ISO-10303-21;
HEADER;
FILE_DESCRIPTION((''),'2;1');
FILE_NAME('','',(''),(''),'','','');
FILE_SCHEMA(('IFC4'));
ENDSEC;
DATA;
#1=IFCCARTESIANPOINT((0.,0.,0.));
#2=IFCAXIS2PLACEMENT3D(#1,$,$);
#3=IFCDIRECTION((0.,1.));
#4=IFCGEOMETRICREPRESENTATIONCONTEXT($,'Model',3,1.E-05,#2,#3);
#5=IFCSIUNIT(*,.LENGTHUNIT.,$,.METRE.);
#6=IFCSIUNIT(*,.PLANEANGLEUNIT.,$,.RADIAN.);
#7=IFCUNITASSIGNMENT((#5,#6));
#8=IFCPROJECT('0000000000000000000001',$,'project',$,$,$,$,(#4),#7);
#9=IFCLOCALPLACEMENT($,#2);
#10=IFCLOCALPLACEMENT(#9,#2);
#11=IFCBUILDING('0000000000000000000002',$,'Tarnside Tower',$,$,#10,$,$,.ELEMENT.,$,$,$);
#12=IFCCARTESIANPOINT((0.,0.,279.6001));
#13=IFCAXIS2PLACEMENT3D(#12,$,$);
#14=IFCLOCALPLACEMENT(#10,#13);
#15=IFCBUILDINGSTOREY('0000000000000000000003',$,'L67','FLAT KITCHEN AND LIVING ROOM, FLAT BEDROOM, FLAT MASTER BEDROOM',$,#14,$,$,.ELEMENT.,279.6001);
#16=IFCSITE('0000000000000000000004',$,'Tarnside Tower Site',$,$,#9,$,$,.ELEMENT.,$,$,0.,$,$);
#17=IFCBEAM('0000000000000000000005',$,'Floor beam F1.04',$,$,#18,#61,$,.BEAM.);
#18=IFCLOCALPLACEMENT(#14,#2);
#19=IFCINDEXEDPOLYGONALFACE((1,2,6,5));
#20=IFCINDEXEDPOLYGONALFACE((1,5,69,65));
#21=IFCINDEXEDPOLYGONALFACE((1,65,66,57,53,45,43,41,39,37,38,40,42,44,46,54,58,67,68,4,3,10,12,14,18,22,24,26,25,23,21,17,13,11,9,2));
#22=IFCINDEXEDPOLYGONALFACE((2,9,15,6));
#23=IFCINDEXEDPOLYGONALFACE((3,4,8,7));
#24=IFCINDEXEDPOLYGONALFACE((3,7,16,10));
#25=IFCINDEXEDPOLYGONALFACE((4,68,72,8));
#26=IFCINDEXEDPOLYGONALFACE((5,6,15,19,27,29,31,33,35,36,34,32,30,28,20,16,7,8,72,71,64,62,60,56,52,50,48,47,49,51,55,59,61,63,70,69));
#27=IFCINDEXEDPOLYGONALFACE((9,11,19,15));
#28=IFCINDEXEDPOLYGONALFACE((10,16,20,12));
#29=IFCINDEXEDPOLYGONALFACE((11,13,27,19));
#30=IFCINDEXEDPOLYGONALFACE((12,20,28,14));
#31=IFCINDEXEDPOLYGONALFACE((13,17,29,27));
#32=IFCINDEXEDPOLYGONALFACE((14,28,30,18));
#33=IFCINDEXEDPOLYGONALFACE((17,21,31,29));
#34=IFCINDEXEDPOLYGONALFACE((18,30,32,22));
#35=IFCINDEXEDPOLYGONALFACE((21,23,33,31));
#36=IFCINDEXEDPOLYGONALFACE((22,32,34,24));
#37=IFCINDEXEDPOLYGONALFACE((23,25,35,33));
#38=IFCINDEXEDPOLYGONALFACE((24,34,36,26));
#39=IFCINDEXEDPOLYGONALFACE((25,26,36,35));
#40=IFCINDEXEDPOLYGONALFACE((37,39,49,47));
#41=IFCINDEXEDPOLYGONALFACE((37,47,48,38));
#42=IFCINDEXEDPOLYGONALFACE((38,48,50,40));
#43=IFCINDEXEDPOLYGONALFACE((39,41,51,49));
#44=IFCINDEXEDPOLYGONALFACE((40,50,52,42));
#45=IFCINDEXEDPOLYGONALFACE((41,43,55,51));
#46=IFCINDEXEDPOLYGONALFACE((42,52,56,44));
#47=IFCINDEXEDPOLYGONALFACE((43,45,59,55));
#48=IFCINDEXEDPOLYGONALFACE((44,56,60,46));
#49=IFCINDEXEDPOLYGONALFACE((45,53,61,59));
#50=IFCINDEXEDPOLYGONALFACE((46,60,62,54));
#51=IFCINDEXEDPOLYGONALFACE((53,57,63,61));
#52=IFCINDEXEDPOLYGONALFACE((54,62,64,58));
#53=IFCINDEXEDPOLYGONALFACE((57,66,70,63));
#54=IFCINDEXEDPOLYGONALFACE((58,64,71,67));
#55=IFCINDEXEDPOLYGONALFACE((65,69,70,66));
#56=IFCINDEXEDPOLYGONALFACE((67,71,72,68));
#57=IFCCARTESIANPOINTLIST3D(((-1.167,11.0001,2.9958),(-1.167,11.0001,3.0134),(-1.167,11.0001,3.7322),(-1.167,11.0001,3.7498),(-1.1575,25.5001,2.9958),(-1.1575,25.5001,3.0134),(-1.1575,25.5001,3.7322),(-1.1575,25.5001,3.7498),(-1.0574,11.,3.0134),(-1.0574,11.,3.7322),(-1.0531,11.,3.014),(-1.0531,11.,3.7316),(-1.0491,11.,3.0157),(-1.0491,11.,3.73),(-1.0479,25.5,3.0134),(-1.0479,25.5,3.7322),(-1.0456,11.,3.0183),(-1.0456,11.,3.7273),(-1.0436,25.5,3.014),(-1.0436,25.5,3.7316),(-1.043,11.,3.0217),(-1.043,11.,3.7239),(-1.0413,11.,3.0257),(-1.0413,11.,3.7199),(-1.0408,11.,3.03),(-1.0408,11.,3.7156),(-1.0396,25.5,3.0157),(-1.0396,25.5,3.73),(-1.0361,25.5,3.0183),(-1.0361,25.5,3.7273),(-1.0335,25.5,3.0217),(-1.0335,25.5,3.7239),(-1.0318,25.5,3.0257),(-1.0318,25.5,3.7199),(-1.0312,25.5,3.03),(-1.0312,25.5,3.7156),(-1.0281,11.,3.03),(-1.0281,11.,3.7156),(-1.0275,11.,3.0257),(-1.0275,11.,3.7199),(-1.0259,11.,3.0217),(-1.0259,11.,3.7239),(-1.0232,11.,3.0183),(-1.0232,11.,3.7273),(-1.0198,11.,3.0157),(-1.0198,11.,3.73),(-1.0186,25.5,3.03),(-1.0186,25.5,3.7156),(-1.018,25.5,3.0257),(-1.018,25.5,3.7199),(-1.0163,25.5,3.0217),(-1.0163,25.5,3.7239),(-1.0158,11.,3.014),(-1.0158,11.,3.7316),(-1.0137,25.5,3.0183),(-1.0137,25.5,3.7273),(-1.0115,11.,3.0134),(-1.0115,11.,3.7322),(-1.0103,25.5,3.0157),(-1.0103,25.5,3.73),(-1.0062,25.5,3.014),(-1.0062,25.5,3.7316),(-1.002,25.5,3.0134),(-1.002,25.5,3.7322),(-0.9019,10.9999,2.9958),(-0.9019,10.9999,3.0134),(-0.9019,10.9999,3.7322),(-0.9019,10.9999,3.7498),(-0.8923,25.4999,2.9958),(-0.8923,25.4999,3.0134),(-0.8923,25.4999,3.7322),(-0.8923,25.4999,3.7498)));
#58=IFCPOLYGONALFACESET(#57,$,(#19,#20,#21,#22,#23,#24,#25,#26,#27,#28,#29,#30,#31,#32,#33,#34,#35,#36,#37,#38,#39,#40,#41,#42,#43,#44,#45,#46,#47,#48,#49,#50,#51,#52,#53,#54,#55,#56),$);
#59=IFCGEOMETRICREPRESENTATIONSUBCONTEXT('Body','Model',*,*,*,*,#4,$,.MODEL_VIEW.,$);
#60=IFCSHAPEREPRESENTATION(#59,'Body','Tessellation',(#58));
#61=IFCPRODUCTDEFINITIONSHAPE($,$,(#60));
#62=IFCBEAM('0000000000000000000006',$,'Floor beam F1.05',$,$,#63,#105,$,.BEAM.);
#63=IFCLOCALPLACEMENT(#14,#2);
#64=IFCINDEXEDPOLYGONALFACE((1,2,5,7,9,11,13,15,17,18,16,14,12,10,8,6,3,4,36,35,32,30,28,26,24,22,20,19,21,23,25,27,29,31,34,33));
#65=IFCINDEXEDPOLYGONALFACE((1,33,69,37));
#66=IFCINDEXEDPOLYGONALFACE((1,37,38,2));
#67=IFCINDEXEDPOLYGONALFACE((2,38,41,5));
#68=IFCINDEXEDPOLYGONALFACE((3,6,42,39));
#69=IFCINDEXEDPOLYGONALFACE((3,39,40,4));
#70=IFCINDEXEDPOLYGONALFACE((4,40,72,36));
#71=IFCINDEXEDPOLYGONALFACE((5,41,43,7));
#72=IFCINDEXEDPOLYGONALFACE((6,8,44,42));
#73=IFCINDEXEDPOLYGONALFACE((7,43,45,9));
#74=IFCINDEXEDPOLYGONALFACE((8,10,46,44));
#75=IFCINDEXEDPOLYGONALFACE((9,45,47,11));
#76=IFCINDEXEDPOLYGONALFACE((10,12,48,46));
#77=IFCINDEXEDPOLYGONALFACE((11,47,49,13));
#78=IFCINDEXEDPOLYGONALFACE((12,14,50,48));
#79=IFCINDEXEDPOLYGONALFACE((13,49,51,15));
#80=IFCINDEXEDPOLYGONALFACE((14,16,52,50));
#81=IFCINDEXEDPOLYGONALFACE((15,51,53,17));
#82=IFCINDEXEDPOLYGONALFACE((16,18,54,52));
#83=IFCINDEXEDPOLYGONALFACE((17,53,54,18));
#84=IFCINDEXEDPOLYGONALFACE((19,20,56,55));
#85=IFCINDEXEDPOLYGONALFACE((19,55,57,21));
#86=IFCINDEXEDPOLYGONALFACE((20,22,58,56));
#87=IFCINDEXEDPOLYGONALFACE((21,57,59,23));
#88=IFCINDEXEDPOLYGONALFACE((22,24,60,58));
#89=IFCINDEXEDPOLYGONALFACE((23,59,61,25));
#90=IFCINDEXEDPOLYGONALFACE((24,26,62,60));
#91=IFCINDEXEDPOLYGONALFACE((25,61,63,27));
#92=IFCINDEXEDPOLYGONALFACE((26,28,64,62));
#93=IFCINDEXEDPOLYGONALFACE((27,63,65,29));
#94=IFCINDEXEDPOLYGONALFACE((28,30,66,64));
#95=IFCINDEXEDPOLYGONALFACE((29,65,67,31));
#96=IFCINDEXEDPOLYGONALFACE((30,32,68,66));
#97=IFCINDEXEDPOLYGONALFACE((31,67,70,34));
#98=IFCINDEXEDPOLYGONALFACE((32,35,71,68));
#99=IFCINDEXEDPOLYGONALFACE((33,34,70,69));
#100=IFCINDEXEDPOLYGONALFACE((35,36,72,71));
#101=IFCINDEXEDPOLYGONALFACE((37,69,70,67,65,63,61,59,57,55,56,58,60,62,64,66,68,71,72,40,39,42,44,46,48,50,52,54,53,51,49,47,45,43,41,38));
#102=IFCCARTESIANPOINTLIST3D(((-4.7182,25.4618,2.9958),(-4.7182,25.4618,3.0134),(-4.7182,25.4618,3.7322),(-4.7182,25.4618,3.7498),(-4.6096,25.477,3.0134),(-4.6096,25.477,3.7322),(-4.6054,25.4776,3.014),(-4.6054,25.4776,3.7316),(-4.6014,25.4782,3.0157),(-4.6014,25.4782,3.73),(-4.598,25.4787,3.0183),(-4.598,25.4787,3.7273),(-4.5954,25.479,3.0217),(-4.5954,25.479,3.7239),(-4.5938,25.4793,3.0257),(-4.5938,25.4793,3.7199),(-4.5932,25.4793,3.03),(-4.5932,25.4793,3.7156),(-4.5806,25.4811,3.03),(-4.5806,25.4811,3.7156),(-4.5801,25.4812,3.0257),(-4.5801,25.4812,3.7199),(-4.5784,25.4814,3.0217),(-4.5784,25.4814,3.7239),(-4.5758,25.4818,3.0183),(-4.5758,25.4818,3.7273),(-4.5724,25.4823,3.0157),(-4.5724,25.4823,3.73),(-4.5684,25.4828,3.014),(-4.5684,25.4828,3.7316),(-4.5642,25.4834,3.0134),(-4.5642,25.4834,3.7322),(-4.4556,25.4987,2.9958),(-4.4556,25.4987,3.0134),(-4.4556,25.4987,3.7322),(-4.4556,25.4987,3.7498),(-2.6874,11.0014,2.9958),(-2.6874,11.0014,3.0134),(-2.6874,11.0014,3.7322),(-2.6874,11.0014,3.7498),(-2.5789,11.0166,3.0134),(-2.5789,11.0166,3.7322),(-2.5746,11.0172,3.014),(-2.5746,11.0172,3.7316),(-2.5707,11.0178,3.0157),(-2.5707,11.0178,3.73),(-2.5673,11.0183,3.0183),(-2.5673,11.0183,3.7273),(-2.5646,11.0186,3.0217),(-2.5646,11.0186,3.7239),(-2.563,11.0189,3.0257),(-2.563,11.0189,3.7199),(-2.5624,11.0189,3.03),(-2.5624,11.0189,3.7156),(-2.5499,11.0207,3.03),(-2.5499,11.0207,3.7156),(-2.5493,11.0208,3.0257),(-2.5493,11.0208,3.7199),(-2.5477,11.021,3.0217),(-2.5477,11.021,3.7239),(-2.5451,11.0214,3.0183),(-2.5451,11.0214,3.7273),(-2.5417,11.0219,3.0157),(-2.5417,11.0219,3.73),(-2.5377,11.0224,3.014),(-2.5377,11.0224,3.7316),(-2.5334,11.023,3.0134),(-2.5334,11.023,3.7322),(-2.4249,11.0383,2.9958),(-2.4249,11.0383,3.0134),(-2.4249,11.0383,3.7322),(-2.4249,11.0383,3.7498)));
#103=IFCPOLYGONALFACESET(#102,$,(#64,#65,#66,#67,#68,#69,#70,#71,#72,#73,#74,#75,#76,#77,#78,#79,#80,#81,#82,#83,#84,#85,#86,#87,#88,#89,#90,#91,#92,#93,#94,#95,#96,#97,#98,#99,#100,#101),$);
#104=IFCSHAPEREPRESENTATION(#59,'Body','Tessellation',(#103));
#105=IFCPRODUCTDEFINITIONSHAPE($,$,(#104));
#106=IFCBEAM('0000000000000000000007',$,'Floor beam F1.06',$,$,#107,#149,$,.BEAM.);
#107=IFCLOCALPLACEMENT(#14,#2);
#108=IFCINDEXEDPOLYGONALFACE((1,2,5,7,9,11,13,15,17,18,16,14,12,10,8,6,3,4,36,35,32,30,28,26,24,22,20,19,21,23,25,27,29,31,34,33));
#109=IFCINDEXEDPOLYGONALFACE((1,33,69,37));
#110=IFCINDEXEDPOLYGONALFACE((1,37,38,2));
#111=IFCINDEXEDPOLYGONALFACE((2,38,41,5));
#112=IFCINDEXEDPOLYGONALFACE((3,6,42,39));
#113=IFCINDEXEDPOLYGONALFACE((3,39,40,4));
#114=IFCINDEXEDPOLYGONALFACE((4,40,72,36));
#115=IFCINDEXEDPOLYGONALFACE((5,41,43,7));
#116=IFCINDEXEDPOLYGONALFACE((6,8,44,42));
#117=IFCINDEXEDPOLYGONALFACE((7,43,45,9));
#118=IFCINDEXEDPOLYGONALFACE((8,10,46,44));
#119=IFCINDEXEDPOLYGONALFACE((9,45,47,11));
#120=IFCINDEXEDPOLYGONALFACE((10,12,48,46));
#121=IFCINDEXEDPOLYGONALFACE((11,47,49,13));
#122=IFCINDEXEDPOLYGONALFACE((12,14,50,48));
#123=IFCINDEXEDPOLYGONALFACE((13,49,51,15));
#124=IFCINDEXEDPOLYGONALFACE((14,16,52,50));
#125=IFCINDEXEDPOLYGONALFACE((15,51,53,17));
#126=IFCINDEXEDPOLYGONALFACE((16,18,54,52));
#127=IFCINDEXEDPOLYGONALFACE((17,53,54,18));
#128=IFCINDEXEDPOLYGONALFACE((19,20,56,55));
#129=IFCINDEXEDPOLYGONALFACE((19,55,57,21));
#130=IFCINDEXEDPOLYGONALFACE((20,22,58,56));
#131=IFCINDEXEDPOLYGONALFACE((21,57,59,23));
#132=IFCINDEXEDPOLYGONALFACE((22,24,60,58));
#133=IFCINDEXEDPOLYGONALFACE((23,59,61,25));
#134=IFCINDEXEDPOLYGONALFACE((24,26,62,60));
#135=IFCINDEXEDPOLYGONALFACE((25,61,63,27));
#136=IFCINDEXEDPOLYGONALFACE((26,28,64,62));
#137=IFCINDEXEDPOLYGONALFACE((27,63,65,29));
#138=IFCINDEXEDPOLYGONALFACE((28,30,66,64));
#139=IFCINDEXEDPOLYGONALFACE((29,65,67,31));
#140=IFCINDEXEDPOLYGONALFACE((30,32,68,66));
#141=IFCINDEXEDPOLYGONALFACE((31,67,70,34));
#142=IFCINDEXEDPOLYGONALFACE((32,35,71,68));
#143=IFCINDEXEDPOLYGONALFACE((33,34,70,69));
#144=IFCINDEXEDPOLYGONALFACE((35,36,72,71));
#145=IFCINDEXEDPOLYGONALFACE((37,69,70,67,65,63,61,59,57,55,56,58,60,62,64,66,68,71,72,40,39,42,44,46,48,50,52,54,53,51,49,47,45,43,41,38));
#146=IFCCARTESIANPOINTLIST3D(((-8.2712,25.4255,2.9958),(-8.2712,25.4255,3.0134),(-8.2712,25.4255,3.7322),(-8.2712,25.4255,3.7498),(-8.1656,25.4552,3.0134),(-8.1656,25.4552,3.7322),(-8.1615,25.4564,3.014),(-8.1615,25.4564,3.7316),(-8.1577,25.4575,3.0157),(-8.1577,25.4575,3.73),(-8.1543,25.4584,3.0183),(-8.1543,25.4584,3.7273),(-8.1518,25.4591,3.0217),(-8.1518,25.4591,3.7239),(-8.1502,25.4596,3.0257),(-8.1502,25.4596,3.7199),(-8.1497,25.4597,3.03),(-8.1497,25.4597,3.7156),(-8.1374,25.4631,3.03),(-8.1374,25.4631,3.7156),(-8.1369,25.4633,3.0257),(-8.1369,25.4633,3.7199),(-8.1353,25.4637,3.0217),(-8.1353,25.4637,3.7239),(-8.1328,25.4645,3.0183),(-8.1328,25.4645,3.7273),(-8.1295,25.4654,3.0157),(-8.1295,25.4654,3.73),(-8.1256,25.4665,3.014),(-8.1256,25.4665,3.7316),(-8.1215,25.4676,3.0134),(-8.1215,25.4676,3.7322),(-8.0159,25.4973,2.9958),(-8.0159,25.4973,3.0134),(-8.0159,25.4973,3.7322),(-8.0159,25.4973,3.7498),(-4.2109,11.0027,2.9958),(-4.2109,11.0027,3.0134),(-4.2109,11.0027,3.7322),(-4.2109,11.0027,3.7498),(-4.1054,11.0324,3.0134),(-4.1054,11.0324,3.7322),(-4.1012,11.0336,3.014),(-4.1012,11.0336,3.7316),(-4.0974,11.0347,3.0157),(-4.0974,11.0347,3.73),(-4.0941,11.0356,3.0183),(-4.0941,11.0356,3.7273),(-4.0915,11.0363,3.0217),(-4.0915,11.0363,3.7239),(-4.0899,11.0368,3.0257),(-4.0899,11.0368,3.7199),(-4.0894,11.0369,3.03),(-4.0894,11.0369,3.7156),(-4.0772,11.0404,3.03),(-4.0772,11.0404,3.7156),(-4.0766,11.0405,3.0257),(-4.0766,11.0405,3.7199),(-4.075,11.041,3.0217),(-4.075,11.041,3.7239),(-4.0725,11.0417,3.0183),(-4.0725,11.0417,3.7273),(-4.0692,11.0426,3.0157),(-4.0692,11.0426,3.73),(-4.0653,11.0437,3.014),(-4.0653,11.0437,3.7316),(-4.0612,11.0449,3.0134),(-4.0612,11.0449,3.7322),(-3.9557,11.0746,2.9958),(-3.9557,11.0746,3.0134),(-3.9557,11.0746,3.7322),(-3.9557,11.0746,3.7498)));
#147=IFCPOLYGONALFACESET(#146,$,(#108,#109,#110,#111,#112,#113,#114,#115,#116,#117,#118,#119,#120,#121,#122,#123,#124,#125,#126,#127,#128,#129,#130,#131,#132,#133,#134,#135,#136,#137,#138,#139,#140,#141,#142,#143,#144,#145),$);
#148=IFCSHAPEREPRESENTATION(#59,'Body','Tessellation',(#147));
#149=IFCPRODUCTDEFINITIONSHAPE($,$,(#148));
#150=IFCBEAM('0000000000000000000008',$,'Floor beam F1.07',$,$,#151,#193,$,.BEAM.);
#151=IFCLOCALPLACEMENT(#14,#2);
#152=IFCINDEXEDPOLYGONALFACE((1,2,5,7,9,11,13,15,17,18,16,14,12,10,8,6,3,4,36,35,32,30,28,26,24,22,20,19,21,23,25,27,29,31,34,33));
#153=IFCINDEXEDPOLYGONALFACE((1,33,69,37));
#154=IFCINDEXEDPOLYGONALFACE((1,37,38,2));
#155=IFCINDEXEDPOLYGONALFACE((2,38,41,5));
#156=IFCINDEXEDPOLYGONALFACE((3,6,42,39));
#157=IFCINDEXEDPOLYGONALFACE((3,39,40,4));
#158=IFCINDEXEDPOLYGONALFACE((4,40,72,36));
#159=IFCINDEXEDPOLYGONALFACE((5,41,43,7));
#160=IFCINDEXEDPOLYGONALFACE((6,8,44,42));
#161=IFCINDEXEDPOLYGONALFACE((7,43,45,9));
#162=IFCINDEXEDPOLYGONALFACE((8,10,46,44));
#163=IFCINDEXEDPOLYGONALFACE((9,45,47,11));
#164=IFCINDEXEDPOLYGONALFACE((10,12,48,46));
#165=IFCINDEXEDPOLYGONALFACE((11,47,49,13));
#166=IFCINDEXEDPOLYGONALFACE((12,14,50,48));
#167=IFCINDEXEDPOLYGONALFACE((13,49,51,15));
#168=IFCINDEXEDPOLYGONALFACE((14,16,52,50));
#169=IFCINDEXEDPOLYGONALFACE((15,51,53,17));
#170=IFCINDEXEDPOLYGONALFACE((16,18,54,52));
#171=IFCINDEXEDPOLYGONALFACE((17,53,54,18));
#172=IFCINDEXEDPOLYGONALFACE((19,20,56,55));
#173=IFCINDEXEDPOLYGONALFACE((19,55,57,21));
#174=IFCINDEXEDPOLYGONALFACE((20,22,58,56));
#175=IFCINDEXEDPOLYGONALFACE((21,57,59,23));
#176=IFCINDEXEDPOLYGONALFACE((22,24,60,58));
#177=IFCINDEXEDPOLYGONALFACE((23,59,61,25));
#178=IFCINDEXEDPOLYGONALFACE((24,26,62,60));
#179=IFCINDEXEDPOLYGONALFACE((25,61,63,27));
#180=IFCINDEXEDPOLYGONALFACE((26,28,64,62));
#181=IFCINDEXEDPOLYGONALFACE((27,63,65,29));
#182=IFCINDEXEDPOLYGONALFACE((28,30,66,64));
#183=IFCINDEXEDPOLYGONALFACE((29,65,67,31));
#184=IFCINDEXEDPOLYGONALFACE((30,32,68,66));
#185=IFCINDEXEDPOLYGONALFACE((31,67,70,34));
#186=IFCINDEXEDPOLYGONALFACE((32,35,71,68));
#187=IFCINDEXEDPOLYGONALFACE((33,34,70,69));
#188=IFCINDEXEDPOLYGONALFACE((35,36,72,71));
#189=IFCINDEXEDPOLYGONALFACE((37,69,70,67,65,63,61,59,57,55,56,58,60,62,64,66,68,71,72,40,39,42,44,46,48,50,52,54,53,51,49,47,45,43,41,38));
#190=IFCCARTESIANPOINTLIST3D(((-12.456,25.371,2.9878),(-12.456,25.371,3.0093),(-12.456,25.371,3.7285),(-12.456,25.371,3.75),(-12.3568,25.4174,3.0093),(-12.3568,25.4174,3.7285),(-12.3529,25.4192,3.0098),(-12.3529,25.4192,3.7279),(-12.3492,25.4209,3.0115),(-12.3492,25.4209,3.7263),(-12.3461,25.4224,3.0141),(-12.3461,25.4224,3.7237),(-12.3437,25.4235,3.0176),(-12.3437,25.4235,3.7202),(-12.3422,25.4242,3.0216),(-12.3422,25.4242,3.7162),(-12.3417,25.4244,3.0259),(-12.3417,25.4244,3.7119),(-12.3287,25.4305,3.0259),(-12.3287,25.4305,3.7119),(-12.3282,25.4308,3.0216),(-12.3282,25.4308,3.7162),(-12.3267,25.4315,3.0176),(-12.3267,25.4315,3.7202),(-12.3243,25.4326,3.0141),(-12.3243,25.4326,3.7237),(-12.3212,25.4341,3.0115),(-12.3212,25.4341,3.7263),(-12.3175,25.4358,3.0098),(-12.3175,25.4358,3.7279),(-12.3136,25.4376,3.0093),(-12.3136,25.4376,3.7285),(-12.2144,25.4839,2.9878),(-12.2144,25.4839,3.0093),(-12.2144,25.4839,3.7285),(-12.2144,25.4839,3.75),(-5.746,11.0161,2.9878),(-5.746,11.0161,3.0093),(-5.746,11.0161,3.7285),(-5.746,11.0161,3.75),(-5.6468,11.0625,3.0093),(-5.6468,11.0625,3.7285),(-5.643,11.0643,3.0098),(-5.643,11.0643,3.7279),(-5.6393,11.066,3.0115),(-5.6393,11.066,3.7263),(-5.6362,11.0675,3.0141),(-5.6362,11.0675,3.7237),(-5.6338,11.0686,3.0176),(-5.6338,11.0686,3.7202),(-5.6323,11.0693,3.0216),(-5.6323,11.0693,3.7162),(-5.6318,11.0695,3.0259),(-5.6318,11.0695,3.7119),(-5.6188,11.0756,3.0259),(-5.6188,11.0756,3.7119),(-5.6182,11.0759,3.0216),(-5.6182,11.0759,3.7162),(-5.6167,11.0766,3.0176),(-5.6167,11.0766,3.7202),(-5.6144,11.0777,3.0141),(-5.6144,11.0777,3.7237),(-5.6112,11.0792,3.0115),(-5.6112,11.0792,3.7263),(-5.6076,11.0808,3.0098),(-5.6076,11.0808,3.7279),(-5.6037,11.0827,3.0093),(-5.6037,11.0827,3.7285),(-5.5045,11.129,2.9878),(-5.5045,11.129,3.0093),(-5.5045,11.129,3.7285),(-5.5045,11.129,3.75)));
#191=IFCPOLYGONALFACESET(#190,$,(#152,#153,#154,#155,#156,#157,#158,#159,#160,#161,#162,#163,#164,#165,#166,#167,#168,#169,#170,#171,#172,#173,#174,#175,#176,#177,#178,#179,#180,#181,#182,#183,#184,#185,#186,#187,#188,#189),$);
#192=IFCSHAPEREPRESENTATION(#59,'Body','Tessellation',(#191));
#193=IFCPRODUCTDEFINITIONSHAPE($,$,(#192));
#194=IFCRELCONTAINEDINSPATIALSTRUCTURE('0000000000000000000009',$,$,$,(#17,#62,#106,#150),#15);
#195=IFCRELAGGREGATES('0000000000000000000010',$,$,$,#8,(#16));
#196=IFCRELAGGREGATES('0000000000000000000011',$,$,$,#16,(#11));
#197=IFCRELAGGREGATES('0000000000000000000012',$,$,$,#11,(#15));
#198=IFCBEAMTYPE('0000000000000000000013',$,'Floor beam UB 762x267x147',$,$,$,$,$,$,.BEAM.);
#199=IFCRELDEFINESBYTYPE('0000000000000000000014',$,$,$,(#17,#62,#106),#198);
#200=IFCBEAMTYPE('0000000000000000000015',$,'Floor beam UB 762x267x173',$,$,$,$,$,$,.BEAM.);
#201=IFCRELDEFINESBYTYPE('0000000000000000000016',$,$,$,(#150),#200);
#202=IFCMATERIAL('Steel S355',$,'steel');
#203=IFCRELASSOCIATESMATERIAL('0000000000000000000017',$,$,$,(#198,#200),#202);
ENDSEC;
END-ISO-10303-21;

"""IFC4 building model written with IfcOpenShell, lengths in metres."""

from ifc_helpers import new_model, si_unit, direction, frame, origin, origin_2d, place, context, subcontext, project, spatial, i_section, extrude, material, material_profile, profile_set, type_object, element, save


model = new_model("IFC4")

# Units and contexts
model_context = context("Model", 3, precision=1e-05, world=origin(), true_north=direction((0.0, 1.0)))
body_context = subcontext(model_context, "Body", "Model", "MODEL_VIEW")
ifc_project = project(units=[si_unit("LENGTHUNIT", "METRE"), si_unit("PLANEANGLEUNIT", "RADIAN")], contexts=[model_context])

# Site, building, storey
site_placement = place(None, origin())
site = spatial("IfcSite", under=ifc_project, at=site_placement, Name="Tarnside Tower Site", CompositionType="ELEMENT", RefElevation=0.0)
building_placement = place(site_placement, origin())
building = spatial("IfcBuilding", under=site, at=building_placement, Name="Tarnside Tower", CompositionType="ELEMENT")
storey_placement = place(building_placement, frame((0.0, 0.0, 279.6001)))
storey = spatial("IfcBuildingStorey", under=building, at=storey_placement, Name="L67", Description="FLAT KITCHEN AND LIVING ROOM, FLAT BEDROOM, FLAT MASTER BEDROOM", CompositionType="ELEMENT", Elevation=279.6001)

# Beams
ifc_material_1 = material(Name="Steel S355", Category="steel")
ifc_material_profile_1 = material_profile(ifc_material_1, i_section(OverallWidth=0.2651, OverallDepth=0.7539, WebThickness=0.0127, FlangeThickness=0.0176, FilletRadius=0.0166, at=origin_2d()), Name="UB 762x267x147")
ifc_profile_set_1 = profile_set([ifc_material_profile_1], Name="Steel S355")
beam_type_1 = type_object("IfcBeamType", Name="Floor beam UB 762x267x147", PredefinedType="BEAM", material=ifc_profile_set_1)
beam_1_placement = place(storey_placement, frame((-1.0249, 25.5, 3.3728), z_axis=(-0.000657, -1.0, 0.0), x_axis=(1.0, -0.000657, 0.0)))
element("IfcBeam", 1, at=beam_1_placement, inside=storey, type_object=beam_type_1, Name="Floor beam F1.04", PredefinedType="BEAM", context=body_context, shape_type="SweptSolid", body=[
    extrude(i_section(OverallWidth=0.2651, OverallDepth=0.7539, WebThickness=0.0127, FlangeThickness=0.0176, FilletRadius=0.0166, at=origin_2d()), origin(), (0.0, 0.0, 1.0), 14.5),
])
beam_2_placement = place(storey_placement, frame((-4.5869, 25.4802, 3.3728), z_axis=(0.139071, -0.990282, 0.0), x_axis=(0.990282, 0.139071, 0.0)))
element("IfcBeam", 2, at=beam_2_placement, inside=storey, type_object=beam_type_1, Name="Floor beam F1.05", PredefinedType="BEAM", context=body_context, shape_type="SweptSolid", body=[
    extrude(i_section(OverallWidth=0.2651, OverallDepth=0.7539, WebThickness=0.0127, FlangeThickness=0.0176, FilletRadius=0.0166, at=origin_2d()), origin(), (0.0, 0.0, 1.0), 14.6023),
])
beam_3_placement = place(storey_placement, frame((-8.1436, 25.4614, 3.3728), z_axis=(0.270985, -0.962583, 0.0), x_axis=(0.962583, 0.270985, 0.0)))
element("IfcBeam", 3, at=beam_3_placement, inside=storey, type_object=beam_type_1, Name="Floor beam F1.06", PredefinedType="BEAM", context=body_context, shape_type="SweptSolid", body=[
    extrude(i_section(OverallWidth=0.2651, OverallDepth=0.7539, WebThickness=0.0127, FlangeThickness=0.0176, FilletRadius=0.0166, at=origin_2d()), origin(), (0.0, 0.0, 1.0), 14.9834),
])
ifc_material_profile_2 = material_profile(ifc_material_1, i_section(OverallWidth=0.2666, OverallDepth=0.7622, WebThickness=0.0144, FlangeThickness=0.0215, FilletRadius=0.0166, at=origin_2d()), Name="UB 762x267x173")
ifc_profile_set_2 = profile_set([ifc_material_profile_2], Name="Steel S355")
beam_type_2 = type_object("IfcBeamType", Name="Floor beam UB 762x267x173", PredefinedType="BEAM", material=ifc_profile_set_2)
beam_4_placement = place(storey_placement, frame((-12.3352, 25.4275, 3.3689), z_axis=(0.423454, -0.905918, 0.0), x_axis=(0.905918, 0.423454, 0.0)))
element("IfcBeam", 4, at=beam_4_placement, inside=storey, type_object=beam_type_2, Name="Floor beam F1.07", PredefinedType="BEAM", context=body_context, shape_type="SweptSolid", body=[
    extrude(i_section(OverallWidth=0.2666, OverallDepth=0.7622, WebThickness=0.0144, FlangeThickness=0.0215, FilletRadius=0.0166, at=origin_2d()), origin(), (0.0, 0.0, 1.0), 15.8457),
])

save(model, "model.ifc")
